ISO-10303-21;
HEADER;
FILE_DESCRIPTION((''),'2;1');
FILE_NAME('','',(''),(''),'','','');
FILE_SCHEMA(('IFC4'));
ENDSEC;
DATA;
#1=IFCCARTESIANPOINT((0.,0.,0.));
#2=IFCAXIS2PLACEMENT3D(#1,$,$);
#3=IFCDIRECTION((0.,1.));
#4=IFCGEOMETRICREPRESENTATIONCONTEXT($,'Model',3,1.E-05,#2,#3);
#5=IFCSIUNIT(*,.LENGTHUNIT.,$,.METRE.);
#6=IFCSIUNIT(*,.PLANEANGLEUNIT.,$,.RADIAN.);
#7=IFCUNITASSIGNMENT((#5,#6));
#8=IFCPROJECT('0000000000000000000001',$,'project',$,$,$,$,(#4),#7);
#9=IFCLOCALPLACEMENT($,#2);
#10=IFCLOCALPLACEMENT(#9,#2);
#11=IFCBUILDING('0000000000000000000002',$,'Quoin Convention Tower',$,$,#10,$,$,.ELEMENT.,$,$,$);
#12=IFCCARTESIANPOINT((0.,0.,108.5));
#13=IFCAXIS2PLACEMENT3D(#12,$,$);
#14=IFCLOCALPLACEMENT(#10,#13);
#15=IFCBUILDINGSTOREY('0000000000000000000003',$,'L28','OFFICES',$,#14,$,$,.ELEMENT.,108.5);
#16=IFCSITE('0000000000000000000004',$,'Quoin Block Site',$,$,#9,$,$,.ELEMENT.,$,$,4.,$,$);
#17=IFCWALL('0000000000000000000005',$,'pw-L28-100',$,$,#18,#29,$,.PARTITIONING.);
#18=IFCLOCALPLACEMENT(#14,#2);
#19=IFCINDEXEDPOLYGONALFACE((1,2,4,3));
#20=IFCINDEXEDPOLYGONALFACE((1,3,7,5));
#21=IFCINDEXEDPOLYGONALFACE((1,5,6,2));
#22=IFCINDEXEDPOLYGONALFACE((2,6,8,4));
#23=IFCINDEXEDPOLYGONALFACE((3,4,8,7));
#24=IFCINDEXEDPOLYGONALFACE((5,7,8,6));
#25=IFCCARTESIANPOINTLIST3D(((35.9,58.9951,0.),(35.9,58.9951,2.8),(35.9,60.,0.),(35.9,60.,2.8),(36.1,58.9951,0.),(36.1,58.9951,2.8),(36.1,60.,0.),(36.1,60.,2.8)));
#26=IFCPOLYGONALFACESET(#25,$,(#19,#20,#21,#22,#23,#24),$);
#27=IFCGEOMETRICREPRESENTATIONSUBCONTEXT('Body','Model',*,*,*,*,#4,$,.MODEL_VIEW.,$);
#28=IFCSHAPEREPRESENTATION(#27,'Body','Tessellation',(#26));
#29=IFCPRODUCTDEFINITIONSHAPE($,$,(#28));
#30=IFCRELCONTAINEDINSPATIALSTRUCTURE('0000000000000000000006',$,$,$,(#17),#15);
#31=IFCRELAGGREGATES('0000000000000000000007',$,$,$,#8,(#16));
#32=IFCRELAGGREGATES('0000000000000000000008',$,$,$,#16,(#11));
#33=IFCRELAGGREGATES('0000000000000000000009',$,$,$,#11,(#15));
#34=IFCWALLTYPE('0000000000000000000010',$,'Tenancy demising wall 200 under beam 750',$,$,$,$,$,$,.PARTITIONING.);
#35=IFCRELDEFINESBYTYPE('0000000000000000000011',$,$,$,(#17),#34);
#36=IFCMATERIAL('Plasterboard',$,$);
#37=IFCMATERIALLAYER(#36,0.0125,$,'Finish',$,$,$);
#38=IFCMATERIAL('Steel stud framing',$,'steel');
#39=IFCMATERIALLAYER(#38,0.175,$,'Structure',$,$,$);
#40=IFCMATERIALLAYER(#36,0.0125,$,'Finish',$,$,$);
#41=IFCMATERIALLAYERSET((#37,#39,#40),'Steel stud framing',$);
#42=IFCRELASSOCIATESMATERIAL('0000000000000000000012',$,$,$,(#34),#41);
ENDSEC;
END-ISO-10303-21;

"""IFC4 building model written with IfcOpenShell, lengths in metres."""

from ifc_helpers import new_model, si_unit, direction, frame, frame_2d, origin, place, context, subcontext, project, spatial, rectangle, extrude, material, layer, layer_set, type_object, element, save


model = new_model("IFC4")

# Units and contexts
model_context = context("Model", 3, precision=1e-05, world=origin(), true_north=direction((0.0, 1.0)))
body_context = subcontext(model_context, "Body", "Model", "MODEL_VIEW")
ifc_project = project(units=[si_unit("LENGTHUNIT", "METRE"), si_unit("PLANEANGLEUNIT", "RADIAN")], contexts=[model_context])

# Site, building, storey
site_placement = place(None, origin())
site = spatial("IfcSite", under=ifc_project, at=site_placement, Name="Quoin Block Site", CompositionType="ELEMENT", RefElevation=4.0)
building_placement = place(site_placement, origin())
building = spatial("IfcBuilding", under=site, at=building_placement, Name="Quoin Convention Tower", CompositionType="ELEMENT")
storey_placement = place(building_placement, frame((0.0, 0.0, 108.5)))
storey = spatial("IfcBuildingStorey", under=building, at=storey_placement, Name="L28", Description="OFFICES", CompositionType="ELEMENT", Elevation=108.5)

# Shared definitions
ifc_material_1 = material(Name="Plasterboard")
ifc_material_2 = material(Name="Steel stud framing", Category="steel")

# Wall
ifc_layer_1 = layer(ifc_material_1, 0.0125, Name="Finish")
ifc_layer_2 = layer(ifc_material_2, 0.175, Name="Structure")
ifc_layer_3 = layer(ifc_material_1, 0.0125, Name="Finish")
ifc_layer_set_1 = layer_set([ifc_layer_1, ifc_layer_2, ifc_layer_3], Name="Steel stud framing")
wall_type_1 = type_object("IfcWallType", Name="Tenancy demising wall 200 under beam 750", PredefinedType="PARTITIONING", material=ifc_layer_set_1)
wall_1_placement = place(storey_placement, frame((36.0, 58.9951, 0.0), z_axis=(0.0, 0.0, 1.0), x_axis=(0.0, 1.0, 0.0)))
element("IfcWall", 1, at=wall_1_placement, inside=storey, type_object=wall_type_1, Name="pw-L28-100", PredefinedType="PARTITIONING", context=body_context, shape_type="SweptSolid", body=[
    extrude(rectangle(XDim=1.0049, YDim=0.2, at=frame_2d((0.5024, 0.0))), origin(), (0.0, 0.0, 1.0), 2.8),
])

save(model, "model.ifc")
